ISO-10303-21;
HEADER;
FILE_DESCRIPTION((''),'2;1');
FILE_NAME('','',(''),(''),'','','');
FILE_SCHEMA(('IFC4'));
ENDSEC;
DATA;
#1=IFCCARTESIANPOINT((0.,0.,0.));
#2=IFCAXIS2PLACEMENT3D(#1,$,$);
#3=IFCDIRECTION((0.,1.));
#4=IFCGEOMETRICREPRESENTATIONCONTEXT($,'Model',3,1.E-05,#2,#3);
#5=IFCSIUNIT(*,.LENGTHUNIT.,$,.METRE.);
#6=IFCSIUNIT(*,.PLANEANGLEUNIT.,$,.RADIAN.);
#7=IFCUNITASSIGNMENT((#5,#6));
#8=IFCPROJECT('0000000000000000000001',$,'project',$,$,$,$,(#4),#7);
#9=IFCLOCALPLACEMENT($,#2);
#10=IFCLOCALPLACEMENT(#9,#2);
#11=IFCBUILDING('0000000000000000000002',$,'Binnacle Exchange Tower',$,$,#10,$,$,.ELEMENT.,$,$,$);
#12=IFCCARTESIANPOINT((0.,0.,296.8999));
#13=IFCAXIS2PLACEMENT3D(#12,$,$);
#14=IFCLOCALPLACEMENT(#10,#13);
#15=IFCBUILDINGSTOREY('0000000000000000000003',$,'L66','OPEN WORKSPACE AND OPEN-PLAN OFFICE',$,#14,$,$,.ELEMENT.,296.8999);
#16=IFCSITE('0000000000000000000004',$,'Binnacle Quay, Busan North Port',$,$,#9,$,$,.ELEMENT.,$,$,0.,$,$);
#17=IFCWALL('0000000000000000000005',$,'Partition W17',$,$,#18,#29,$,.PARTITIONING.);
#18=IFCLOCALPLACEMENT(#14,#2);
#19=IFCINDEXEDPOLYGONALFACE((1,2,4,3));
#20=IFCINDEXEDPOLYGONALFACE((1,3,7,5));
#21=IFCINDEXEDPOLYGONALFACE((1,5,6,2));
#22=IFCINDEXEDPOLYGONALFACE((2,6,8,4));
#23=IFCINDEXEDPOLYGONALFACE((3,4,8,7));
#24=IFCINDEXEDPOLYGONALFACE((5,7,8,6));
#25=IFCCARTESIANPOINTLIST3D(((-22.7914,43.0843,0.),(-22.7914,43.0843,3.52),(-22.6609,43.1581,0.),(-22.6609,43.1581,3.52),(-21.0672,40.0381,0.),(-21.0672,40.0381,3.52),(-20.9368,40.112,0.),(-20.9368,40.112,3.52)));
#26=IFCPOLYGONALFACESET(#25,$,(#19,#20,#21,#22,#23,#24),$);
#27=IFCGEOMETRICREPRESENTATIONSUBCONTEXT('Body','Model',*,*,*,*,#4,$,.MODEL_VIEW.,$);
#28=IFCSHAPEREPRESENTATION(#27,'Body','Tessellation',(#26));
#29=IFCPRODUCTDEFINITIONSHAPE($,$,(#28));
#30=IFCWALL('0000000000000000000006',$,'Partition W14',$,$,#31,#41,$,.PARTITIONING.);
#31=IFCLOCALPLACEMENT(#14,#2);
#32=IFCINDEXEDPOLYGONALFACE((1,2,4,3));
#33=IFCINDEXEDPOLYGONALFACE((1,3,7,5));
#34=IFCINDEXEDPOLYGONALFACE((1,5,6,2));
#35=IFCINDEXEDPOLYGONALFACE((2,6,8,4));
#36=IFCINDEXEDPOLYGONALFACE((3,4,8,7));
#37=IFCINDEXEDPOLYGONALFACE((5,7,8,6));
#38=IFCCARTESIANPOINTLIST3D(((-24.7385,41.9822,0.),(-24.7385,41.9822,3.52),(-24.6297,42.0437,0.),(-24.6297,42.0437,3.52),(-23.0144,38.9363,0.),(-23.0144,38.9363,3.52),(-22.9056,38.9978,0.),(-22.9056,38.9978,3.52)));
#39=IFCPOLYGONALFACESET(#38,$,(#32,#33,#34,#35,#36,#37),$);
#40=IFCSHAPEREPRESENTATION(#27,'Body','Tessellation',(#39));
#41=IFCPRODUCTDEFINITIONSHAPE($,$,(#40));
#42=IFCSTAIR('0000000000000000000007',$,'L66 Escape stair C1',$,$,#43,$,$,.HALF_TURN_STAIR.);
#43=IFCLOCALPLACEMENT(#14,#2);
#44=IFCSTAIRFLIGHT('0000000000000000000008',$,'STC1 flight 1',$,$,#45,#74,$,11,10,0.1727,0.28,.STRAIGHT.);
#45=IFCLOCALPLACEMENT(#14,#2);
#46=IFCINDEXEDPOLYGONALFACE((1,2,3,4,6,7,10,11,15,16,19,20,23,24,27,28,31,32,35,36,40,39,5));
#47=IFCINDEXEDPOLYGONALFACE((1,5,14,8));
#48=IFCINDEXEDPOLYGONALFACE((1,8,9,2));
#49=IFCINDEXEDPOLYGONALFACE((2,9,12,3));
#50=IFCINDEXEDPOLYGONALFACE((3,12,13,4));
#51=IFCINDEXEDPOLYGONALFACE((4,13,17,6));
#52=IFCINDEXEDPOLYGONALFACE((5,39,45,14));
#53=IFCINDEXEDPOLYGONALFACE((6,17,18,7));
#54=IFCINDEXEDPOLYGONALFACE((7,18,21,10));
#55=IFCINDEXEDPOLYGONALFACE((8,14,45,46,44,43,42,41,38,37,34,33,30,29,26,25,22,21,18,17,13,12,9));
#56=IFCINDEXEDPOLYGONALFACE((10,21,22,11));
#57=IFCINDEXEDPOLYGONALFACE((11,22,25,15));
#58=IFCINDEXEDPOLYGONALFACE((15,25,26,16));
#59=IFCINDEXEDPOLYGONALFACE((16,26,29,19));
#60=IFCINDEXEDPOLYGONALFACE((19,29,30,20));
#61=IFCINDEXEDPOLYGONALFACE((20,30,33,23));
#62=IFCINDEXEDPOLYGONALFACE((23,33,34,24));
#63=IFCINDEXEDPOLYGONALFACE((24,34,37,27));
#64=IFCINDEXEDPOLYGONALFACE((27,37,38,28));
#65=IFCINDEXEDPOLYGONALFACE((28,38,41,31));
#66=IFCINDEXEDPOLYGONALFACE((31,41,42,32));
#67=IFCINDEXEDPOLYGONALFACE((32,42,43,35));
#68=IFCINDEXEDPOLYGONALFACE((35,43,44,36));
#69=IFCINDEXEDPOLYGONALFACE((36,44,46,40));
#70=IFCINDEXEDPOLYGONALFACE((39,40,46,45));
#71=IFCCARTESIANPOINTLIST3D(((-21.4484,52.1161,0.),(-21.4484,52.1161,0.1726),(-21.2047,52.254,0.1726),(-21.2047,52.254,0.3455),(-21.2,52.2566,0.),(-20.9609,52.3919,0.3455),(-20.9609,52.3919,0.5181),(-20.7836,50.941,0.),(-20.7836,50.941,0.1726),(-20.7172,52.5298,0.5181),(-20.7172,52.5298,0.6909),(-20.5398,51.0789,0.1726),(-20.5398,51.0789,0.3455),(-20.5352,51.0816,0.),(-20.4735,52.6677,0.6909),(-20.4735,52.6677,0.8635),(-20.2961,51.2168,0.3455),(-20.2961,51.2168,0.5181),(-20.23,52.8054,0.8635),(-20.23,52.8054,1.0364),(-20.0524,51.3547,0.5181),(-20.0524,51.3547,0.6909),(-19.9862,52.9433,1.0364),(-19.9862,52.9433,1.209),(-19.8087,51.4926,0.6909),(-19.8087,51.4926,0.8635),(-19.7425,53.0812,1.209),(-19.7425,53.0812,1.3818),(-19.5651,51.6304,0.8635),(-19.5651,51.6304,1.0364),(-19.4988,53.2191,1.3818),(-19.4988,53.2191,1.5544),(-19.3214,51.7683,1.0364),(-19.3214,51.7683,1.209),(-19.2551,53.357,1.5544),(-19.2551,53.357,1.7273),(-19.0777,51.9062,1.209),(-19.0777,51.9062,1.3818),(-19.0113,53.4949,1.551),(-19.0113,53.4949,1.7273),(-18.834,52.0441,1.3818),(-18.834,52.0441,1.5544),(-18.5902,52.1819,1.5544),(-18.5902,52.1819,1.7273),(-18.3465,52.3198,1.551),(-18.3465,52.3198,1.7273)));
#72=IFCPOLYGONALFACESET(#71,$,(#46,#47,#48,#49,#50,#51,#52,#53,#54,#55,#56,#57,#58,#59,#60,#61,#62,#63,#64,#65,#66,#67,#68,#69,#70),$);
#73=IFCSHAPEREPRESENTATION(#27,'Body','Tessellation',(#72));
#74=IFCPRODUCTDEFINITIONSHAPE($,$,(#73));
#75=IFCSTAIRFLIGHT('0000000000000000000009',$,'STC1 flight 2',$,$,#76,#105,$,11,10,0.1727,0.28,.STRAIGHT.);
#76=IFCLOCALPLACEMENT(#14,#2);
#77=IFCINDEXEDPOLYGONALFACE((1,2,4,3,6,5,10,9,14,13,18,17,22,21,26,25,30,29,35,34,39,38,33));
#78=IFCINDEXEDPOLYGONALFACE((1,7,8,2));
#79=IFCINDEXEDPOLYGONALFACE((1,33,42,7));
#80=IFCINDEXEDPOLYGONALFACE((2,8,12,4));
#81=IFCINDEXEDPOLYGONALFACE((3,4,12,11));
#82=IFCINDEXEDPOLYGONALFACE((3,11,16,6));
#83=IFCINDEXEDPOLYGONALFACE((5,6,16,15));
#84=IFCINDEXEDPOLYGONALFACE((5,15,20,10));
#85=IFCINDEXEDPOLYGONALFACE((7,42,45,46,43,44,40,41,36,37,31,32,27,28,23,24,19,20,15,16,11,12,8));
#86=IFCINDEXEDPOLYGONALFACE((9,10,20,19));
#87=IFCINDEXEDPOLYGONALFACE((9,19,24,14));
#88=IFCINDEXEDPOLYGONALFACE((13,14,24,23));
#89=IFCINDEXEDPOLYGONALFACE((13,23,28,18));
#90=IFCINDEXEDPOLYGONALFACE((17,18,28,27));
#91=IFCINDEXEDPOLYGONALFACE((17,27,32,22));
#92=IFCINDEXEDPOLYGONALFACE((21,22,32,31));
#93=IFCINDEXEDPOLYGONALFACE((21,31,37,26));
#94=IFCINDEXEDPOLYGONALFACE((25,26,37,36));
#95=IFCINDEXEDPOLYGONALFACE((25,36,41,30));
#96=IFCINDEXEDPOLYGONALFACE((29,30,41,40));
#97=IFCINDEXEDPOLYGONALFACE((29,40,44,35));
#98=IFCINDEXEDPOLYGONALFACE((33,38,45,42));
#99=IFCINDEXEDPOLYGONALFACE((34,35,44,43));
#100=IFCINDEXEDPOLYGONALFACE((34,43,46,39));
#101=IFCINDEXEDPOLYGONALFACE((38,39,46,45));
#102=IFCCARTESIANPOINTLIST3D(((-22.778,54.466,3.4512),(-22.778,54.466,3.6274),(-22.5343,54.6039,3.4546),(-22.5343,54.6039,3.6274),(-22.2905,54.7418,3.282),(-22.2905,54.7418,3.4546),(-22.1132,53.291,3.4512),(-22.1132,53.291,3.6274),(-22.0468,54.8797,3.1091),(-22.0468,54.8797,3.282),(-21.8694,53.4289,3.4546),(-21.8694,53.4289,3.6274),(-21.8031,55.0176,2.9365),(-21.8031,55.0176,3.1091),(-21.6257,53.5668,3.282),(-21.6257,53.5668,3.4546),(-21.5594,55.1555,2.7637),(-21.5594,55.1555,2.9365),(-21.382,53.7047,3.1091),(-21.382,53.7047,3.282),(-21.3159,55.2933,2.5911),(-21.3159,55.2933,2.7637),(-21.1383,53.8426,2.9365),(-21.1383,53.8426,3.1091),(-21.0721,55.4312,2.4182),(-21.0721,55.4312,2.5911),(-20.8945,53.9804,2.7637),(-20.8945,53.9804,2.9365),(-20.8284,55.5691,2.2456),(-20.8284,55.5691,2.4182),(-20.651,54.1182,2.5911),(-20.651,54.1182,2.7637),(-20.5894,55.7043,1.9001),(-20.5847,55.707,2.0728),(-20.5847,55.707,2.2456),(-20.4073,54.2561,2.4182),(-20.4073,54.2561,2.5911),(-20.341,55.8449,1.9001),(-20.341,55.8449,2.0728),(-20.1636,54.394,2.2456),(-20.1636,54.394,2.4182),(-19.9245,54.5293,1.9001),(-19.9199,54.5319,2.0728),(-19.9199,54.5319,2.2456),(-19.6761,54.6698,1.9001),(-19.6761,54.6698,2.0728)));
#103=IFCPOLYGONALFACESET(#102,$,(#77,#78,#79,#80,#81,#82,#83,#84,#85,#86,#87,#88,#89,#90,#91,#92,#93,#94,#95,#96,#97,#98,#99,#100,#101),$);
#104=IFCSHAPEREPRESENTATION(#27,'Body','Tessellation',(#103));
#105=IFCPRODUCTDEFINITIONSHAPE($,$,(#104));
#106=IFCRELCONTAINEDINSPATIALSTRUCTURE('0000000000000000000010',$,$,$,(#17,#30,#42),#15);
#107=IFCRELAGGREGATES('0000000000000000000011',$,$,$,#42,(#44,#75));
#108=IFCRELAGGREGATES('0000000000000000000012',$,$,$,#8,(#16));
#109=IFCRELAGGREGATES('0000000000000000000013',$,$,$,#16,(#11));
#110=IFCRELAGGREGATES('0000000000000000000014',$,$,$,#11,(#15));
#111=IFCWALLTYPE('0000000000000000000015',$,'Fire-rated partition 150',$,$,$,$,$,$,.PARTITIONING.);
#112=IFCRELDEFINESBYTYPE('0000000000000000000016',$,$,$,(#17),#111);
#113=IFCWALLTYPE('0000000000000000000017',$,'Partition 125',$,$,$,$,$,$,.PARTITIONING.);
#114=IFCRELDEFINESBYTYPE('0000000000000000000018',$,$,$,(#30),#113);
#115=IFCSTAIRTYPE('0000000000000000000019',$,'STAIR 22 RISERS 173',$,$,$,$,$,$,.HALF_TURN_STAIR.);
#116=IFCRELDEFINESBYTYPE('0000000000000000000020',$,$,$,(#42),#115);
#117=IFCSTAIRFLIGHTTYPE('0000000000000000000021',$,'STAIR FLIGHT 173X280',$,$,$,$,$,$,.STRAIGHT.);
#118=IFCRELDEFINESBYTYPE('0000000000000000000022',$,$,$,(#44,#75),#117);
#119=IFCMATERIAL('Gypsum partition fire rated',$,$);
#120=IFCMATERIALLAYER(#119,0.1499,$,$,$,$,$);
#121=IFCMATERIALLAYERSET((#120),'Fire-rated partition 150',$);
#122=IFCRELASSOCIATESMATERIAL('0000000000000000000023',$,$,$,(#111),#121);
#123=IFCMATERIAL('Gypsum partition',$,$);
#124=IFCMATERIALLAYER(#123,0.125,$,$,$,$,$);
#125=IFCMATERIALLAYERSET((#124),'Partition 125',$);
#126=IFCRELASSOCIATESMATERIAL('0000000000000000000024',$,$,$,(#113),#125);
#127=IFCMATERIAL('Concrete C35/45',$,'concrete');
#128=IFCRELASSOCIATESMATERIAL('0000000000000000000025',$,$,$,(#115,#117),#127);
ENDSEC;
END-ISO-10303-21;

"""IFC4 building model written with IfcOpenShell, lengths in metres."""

from ifc_helpers import new_model, si_unit, direction, frame, frame_2d, origin, place, context, subcontext, project, spatial, polyline, rectangle, outline, extrude, material, layer, layer_set, type_object, element, aggregate, save


model = new_model("IFC4")

# Units and contexts
model_context = context("Model", 3, precision=1e-05, world=origin(), true_north=direction((0.0, 1.0)))
body_context = subcontext(model_context, "Body", "Model", "MODEL_VIEW")
ifc_project = project(units=[si_unit("LENGTHUNIT", "METRE"), si_unit("PLANEANGLEUNIT", "RADIAN")], contexts=[model_context])

# Site, building, storey
site_placement = place(None, origin())
site = spatial("IfcSite", under=ifc_project, at=site_placement, Name="Binnacle Quay, Busan North Port", CompositionType="ELEMENT", RefElevation=0.0)
building_placement = place(site_placement, origin())
building = spatial("IfcBuilding", under=site, at=building_placement, Name="Binnacle Exchange Tower", CompositionType="ELEMENT")
storey_placement = place(building_placement, frame((0.0, 0.0, 296.8999)))
storey = spatial("IfcBuildingStorey", under=building, at=storey_placement, Name="L66", Description="OPEN WORKSPACE AND OPEN-PLAN OFFICE", CompositionType="ELEMENT", Elevation=296.8999)

# Walls
ifc_material_1 = material(Name="Gypsum partition fire rated")
ifc_layer_1 = layer(ifc_material_1, 0.1499)
ifc_layer_set_1 = layer_set([ifc_layer_1], Name="Fire-rated partition 150")
wall_type_1 = type_object("IfcWallType", Name="Fire-rated partition 150", PredefinedType="PARTITIONING", material=ifc_layer_set_1)
wall_1_placement = place(storey_placement, frame((-22.7261, 43.1211, 0.0), z_axis=(0.0, 0.0, 1.0), x_axis=(0.492574, -0.87027, 0.0)))
element("IfcWall", 1, at=wall_1_placement, inside=storey, type_object=wall_type_1, Name="Partition W17", PredefinedType="PARTITIONING", context=body_context, shape_type="SweptSolid", body=[
    extrude(rectangle(XDim=3.5002, YDim=0.1499, at=frame_2d((1.75, 0.0))), origin(), (0.0, 0.0, 1.0), 3.52),
])
ifc_material_2 = material(Name="Gypsum partition")
ifc_layer_2 = layer(ifc_material_2, 0.125)
ifc_layer_set_2 = layer_set([ifc_layer_2], Name="Partition 125")
wall_type_2 = type_object("IfcWallType", Name="Partition 125", PredefinedType="PARTITIONING", material=ifc_layer_set_2)
wall_2_placement = place(storey_placement, frame((-24.6841, 42.0129, 0.0), z_axis=(0.0, 0.0, 1.0), x_axis=(0.492604, -0.870253, 0.0)))
element("IfcWall", 2, at=wall_2_placement, inside=storey, type_object=wall_type_2, Name="Partition W14", PredefinedType="PARTITIONING", context=body_context, shape_type="SweptSolid", body=[
    extrude(rectangle(XDim=3.5, YDim=0.125, at=frame_2d((1.75, 0.0))), origin(), (0.0, 0.0, 1.0), 3.52),
])

# Stair, stair flights
ifc_material_3 = material(Name="Concrete C35/45", Category="concrete")
stair_type = type_object("IfcStairType", Name="STAIR 22 RISERS 173", PredefinedType="HALF_TURN_STAIR", material=ifc_material_3)
stair_placement = place(storey_placement, origin())
stair = element("IfcStair", 3, at=stair_placement, inside=storey, type_object=stair_type, Name="L66 Escape stair C1", PredefinedType="HALF_TURN_STAIR")
stair_flight_type = type_object("IfcStairFlightType", Name="STAIR FLIGHT 173X280", PredefinedType="STRAIGHT", material=ifc_material_3)
stair_flight_1_placement = place(storey_placement, frame((-21.116, 51.5286, 0.0), z_axis=(0.0, 0.0, 1.0), x_axis=(0.870356, 0.492424, 0.0)))
stair_flight_1 = element("IfcStairFlight", 4, at=stair_flight_1_placement, type_object=stair_flight_type, Name="STC1 flight 1", NumberOfRisers=11, NumberOfTreads=10, PredefinedType="STRAIGHT", RiserHeight=0.1727, TreadLength=0.28, context=body_context, shape_type="SweptSolid", body=[
    extrude(outline(polyline([(0.0, 0.0), (0.0, 0.1726), (0.28, 0.1726), (0.28, 0.3455), (0.5601, 0.3455), (0.5601, 0.5181), (0.8401, 0.5181), (0.8401, 0.6909), (1.1201, 0.6909), (1.1201, 0.8635), (1.3999, 0.8635), (1.3999, 1.0364), (1.6799, 1.0364), (1.6799, 1.209), (1.96, 1.209), (1.96, 1.3818), (2.24, 1.3818), (2.24, 1.5544), (2.52, 1.5544), (2.52, 1.7273), (2.8, 1.7273), (2.8, 1.8999), (2.8, 1.551), (0.2854, 0.0), (0.0, 0.0)])), frame((0.0, 0.675, 0.0), z_axis=(0.0, -1.0, 0.0), x_axis=(1.0, 0.0, 0.0)), (0.0, 0.0, 1.0), 1.3501),
])
stair_flight_2_placement = place(storey_placement, frame((-20.0085, 55.2573, 1.9001), z_axis=(0.0, 0.0, 1.0), x_axis=(-0.870356, -0.492424, 0.0)))
stair_flight_2 = element("IfcStairFlight", 5, at=stair_flight_2_placement, type_object=stair_flight_type, Name="STC1 flight 2", NumberOfRisers=11, NumberOfTreads=10, PredefinedType="STRAIGHT", RiserHeight=0.1727, TreadLength=0.28, context=body_context, shape_type="SweptSolid", body=[
    extrude(outline(polyline([(0.0, 0.0), (0.0, 0.1726), (0.28, 0.1726), (0.28, 0.3455), (0.5601, 0.3455), (0.5601, 0.5181), (0.8401, 0.5181), (0.8401, 0.6909), (1.1201, 0.6909), (1.1201, 0.8635), (1.3999, 0.8635), (1.3999, 1.0364), (1.6799, 1.0364), (1.6799, 1.209), (1.96, 1.209), (1.96, 1.3818), (2.24, 1.3818), (2.24, 1.5544), (2.52, 1.5544), (2.52, 1.7273), (2.8, 1.7273), (2.8, 1.8999), (2.8, 1.551), (0.2854, 0.0), (0.0, 0.0)])), frame((0.0, 0.675, 0.0), z_axis=(0.0, -1.0, 0.0), x_axis=(1.0, 0.0, 0.0)), (0.0, 0.0, 1.0), 1.3501),
])
aggregate(stair, [stair_flight_1, stair_flight_2])

save(model, "model.ifc")
